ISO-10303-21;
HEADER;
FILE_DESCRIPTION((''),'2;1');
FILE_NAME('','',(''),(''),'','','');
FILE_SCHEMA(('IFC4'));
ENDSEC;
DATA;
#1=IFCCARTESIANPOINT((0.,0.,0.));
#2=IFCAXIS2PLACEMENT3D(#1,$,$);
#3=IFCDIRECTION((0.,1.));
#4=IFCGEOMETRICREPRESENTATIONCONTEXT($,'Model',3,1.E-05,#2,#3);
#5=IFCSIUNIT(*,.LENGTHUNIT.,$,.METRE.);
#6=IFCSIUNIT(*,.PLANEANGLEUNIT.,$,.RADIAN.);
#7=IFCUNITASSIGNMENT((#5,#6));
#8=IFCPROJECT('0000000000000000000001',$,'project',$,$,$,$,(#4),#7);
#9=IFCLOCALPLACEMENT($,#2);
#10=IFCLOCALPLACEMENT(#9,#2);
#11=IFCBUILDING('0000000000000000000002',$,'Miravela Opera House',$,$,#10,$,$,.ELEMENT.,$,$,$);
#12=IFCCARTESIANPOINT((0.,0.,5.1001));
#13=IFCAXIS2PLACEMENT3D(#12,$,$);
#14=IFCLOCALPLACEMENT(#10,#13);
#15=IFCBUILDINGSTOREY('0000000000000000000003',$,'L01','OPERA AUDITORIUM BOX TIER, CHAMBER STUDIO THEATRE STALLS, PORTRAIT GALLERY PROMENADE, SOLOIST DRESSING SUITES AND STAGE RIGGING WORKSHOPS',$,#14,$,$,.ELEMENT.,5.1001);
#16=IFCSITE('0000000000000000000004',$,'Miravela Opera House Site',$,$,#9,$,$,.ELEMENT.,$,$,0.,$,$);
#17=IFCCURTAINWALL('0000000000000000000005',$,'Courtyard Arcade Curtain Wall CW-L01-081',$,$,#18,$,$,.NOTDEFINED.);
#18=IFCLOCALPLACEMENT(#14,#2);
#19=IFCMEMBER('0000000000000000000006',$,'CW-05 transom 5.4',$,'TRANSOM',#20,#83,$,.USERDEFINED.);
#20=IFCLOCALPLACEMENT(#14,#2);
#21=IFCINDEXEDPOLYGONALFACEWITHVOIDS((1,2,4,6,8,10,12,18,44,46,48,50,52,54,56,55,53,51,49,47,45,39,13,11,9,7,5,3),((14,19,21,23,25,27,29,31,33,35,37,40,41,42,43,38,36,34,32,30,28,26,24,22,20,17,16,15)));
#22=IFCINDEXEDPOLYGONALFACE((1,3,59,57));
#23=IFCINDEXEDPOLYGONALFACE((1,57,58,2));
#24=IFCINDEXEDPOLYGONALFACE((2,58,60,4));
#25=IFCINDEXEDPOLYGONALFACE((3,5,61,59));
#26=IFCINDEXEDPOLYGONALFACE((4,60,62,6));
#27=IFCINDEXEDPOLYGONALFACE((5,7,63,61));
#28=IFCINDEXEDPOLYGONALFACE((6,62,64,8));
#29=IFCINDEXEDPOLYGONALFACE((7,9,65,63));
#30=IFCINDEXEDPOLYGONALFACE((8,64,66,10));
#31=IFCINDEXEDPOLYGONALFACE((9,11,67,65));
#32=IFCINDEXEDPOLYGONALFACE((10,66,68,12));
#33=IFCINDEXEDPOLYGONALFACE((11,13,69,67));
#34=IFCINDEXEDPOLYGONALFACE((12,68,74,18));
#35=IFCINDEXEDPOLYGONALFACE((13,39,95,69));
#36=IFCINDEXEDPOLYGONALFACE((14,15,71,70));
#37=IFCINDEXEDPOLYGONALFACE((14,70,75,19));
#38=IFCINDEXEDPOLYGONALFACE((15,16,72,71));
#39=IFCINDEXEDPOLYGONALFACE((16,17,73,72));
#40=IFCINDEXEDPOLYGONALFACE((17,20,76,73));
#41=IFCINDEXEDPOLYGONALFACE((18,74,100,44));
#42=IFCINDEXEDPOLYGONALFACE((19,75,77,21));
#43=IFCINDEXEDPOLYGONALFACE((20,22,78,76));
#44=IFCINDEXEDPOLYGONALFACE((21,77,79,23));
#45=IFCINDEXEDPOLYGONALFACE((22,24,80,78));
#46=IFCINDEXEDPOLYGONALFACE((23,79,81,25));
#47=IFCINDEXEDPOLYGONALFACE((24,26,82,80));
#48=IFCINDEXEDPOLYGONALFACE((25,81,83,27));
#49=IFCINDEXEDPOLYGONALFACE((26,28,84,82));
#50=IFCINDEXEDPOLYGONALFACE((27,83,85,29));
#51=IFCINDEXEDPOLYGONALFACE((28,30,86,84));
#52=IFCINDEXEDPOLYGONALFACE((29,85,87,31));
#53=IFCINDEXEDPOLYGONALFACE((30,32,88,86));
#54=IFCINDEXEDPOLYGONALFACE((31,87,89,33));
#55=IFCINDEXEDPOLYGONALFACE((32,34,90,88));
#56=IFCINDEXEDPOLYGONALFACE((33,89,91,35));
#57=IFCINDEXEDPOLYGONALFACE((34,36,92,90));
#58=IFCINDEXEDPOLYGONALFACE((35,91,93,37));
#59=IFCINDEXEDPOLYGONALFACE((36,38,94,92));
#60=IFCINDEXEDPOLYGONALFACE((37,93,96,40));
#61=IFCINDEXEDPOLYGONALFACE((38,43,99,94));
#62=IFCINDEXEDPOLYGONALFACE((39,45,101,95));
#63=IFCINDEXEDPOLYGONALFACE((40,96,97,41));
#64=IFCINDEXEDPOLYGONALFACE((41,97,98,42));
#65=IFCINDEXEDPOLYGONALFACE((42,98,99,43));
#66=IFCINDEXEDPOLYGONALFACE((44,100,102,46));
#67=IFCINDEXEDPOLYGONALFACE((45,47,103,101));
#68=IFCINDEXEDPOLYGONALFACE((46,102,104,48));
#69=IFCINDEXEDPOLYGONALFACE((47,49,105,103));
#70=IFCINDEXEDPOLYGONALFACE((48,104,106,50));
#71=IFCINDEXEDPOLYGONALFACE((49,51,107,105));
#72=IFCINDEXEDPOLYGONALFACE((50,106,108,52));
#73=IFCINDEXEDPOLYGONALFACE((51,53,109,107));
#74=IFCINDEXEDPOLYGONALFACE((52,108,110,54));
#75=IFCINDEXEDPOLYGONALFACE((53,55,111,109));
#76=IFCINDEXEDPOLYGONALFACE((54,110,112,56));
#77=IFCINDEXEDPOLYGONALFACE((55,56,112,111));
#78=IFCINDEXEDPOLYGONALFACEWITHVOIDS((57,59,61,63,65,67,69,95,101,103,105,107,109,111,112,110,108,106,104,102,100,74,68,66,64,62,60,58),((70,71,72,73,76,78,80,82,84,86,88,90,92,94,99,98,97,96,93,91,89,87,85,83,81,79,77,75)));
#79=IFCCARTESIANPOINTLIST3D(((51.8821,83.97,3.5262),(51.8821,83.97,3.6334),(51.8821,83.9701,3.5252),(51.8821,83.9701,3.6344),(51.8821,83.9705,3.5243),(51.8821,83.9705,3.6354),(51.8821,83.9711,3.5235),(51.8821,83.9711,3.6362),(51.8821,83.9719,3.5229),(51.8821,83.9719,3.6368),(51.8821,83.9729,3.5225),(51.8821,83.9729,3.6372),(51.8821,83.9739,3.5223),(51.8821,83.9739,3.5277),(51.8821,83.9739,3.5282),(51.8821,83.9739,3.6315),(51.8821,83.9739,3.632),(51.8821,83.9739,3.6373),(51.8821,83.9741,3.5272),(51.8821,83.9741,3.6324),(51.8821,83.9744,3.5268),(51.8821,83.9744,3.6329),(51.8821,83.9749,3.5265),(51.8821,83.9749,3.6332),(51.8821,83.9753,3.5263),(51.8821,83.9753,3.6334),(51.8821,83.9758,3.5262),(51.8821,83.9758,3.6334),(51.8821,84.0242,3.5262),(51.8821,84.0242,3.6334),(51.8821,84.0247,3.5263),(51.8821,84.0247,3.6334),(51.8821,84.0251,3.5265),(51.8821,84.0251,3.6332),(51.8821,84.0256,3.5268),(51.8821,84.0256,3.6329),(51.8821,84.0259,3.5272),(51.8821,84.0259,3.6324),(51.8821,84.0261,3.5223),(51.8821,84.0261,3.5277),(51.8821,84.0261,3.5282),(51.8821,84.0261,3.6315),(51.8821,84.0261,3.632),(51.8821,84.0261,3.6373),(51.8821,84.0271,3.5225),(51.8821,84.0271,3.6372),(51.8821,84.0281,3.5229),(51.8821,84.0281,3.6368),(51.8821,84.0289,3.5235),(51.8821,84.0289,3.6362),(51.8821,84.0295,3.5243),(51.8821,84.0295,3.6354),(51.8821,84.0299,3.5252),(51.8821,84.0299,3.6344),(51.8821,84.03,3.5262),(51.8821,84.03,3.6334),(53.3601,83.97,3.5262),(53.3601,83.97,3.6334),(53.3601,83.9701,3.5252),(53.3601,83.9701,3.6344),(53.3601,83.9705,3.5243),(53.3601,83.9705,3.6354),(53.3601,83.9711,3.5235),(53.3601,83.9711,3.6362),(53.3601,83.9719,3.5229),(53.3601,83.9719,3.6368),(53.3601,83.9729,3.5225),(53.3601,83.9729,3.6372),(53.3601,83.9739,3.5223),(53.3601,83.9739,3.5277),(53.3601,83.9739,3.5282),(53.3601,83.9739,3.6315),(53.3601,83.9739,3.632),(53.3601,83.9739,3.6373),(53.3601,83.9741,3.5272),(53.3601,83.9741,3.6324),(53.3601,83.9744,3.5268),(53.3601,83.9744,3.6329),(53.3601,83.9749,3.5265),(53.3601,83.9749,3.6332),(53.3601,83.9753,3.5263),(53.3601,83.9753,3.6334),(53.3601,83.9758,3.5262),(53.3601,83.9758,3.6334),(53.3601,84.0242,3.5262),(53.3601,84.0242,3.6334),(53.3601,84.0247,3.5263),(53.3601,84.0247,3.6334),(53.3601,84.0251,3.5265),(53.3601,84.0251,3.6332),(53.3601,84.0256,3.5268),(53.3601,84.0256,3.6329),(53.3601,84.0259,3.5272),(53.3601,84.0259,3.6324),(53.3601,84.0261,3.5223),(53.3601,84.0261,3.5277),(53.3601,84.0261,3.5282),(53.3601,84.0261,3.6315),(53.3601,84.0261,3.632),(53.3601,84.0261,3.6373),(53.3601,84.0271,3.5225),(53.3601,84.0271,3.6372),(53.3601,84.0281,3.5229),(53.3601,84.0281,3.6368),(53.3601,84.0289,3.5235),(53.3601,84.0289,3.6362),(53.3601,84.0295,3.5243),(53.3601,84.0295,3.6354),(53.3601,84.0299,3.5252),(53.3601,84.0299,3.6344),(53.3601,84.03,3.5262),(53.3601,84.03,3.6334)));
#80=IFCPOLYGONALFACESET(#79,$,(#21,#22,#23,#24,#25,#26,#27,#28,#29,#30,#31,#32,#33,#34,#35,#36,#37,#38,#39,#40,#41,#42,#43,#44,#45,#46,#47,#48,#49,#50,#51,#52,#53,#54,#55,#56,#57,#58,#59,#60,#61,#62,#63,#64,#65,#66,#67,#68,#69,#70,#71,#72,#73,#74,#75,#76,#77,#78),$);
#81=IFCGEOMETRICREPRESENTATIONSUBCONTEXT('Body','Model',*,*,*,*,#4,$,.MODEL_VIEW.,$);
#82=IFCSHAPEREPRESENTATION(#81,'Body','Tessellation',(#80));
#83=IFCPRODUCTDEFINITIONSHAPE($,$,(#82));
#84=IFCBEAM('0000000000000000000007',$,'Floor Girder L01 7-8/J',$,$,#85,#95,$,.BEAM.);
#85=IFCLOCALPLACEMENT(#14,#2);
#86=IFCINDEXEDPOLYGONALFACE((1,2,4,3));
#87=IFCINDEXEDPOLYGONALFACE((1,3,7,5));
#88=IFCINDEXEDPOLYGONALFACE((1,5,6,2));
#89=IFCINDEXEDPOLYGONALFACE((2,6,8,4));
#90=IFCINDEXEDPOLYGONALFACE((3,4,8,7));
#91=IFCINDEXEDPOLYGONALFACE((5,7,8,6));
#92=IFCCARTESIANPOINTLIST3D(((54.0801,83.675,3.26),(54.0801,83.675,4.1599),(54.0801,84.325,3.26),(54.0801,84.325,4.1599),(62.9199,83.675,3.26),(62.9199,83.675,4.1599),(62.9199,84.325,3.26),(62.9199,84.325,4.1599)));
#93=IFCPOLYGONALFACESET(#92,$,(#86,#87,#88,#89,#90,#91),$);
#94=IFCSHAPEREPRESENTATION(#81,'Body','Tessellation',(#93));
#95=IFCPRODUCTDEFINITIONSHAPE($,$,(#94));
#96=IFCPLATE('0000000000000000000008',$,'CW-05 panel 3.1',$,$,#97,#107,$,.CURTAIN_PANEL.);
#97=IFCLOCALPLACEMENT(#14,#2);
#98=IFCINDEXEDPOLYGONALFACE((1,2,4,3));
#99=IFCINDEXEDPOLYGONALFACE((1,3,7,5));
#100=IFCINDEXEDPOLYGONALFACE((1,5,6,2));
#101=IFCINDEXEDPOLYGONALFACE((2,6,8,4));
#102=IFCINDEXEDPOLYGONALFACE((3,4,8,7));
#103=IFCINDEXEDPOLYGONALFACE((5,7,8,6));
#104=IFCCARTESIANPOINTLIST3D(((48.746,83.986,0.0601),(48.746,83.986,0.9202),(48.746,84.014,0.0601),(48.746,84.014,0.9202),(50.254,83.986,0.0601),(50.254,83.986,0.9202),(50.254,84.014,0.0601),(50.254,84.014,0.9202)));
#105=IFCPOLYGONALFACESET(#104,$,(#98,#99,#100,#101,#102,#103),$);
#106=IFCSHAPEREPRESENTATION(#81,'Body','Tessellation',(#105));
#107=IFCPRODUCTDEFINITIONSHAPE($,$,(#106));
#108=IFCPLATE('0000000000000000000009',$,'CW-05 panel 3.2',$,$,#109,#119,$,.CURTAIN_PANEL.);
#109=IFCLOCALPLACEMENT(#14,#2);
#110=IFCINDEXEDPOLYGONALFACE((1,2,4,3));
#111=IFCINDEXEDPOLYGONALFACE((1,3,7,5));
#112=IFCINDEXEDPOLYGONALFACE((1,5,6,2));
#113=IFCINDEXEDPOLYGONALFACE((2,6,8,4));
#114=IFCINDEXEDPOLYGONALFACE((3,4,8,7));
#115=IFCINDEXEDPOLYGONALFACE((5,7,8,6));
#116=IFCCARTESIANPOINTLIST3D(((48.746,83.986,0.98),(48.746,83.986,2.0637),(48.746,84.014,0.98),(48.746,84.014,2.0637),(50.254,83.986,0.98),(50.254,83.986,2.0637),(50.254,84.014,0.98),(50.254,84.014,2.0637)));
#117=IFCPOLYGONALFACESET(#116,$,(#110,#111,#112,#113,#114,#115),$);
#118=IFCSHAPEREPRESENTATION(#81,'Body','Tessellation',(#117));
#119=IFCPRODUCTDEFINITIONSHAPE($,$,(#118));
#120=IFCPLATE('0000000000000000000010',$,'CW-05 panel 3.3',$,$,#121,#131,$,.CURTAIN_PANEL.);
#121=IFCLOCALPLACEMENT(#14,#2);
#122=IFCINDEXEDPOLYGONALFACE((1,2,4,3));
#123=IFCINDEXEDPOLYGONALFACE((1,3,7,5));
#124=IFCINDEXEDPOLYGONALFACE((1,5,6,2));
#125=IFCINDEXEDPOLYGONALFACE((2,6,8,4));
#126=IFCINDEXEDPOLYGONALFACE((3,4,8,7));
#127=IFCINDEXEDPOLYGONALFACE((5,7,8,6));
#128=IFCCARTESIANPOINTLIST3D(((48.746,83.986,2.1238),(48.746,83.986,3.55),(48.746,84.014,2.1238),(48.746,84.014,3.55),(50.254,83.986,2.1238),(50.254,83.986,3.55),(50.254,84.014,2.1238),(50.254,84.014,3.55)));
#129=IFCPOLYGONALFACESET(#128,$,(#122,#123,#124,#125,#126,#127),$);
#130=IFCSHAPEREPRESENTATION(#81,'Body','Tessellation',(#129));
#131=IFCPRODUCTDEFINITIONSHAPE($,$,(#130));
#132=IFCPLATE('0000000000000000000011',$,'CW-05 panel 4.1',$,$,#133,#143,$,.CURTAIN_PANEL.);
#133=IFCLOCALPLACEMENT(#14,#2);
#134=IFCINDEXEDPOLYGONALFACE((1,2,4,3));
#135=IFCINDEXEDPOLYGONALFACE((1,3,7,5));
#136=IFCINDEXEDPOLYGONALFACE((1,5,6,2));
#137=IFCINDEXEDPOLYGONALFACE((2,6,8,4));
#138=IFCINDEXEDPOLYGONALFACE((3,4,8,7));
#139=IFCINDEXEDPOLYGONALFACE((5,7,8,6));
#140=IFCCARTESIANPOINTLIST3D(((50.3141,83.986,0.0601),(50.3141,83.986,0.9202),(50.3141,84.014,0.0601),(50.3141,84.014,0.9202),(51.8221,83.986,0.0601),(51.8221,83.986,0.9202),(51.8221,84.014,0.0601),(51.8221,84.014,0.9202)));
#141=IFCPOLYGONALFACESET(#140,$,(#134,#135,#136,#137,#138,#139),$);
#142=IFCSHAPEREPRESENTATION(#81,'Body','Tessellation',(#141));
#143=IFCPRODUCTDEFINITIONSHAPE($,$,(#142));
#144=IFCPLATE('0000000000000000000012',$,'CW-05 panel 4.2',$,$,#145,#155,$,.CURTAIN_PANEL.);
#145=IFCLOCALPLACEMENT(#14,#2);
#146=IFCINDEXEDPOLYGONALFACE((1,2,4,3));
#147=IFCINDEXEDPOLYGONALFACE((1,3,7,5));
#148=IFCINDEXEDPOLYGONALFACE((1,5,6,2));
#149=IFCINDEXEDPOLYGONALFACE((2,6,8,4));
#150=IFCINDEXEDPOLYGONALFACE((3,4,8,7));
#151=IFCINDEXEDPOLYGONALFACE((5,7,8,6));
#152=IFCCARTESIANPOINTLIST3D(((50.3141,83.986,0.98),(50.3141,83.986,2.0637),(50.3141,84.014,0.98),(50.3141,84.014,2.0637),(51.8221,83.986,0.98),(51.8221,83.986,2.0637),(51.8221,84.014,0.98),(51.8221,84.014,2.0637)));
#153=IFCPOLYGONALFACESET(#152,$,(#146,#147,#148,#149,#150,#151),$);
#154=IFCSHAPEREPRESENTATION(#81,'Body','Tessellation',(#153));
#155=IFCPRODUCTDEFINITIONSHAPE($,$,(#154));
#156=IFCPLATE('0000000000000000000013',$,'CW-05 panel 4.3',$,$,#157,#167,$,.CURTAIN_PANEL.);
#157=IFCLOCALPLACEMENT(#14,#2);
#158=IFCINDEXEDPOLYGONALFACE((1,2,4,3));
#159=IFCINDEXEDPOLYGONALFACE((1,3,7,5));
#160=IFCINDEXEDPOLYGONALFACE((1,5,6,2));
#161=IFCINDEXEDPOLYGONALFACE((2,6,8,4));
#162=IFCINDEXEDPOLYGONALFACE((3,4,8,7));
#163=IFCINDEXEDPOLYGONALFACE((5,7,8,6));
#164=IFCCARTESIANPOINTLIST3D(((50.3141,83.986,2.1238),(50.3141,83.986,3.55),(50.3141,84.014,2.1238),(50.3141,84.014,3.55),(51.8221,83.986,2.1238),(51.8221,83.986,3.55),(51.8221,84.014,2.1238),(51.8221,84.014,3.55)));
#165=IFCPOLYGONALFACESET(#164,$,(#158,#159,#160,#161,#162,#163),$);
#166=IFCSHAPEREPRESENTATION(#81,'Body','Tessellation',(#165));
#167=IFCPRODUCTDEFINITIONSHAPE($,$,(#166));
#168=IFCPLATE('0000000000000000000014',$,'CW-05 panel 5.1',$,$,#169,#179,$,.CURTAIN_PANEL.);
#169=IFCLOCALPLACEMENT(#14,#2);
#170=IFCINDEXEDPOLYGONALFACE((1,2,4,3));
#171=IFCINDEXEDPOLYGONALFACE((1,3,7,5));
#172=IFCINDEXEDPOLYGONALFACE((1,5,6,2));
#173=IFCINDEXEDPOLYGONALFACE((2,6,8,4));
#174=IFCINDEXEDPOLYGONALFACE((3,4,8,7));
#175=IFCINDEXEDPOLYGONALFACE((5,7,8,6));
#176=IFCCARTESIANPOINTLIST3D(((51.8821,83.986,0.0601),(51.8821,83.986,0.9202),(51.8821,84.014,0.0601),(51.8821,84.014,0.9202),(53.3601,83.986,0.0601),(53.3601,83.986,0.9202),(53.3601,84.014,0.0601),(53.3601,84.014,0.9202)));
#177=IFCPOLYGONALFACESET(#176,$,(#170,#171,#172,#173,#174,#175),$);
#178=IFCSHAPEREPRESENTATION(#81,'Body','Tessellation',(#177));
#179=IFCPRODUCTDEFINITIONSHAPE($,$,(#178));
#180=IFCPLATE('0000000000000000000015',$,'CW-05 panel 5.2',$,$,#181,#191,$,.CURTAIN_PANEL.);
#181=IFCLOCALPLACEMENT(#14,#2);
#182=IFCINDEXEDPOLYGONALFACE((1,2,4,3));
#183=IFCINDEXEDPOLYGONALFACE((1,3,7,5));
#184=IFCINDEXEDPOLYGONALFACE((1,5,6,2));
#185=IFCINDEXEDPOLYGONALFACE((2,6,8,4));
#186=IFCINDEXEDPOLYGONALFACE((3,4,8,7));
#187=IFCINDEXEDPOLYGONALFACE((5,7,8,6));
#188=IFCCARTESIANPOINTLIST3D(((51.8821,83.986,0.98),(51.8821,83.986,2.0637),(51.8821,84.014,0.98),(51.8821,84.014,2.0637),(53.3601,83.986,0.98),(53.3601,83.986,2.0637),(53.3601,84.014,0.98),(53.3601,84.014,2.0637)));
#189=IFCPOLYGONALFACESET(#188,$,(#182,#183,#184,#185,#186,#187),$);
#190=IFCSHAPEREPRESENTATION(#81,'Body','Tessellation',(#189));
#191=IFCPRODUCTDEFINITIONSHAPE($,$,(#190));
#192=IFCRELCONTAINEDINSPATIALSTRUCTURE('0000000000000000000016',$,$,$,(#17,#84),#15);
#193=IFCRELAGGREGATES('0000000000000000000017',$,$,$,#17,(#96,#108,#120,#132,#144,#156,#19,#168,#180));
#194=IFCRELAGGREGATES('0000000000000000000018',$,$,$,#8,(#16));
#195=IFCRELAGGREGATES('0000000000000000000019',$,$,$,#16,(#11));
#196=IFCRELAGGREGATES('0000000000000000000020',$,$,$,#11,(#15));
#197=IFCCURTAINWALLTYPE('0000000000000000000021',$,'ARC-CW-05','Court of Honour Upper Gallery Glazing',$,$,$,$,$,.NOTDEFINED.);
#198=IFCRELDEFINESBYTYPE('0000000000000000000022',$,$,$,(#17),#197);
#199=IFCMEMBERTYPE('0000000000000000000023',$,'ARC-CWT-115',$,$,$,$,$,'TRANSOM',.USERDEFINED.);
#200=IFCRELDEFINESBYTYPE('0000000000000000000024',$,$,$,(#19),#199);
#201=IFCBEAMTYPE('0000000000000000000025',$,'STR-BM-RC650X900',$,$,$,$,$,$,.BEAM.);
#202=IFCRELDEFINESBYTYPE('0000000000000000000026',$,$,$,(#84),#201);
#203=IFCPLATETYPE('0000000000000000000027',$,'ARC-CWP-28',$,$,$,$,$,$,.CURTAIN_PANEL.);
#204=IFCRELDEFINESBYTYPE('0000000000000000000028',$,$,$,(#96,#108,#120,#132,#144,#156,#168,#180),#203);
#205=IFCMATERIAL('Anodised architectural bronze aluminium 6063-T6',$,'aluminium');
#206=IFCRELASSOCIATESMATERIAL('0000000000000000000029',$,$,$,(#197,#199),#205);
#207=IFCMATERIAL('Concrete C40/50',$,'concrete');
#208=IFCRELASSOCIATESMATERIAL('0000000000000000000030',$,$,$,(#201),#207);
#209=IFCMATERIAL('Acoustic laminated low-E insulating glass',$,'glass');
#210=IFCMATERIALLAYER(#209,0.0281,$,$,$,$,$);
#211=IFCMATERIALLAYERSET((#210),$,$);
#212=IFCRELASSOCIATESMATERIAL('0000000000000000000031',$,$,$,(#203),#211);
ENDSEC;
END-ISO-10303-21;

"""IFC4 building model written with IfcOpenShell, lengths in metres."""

from ifc_helpers import new_model, si_unit, direction, frame, origin, origin_2d, place, context, subcontext, project, spatial, rectangle, hollow_rectangle, extrude, material, layer, layer_set, material_profile, profile_set, type_object, element, aggregate, save


model = new_model("IFC4")

# Units and contexts
model_context = context("Model", 3, precision=1e-05, world=origin(), true_north=direction((0.0, 1.0)))
body_context = subcontext(model_context, "Body", "Model", "MODEL_VIEW")
ifc_project = project(units=[si_unit("LENGTHUNIT", "METRE"), si_unit("PLANEANGLEUNIT", "RADIAN")], contexts=[model_context])

# Site, building, storey
site_placement = place(None, origin())
site = spatial("IfcSite", under=ifc_project, at=site_placement, Name="Miravela Opera House Site", CompositionType="ELEMENT", RefElevation=0.0)
building_placement = place(site_placement, origin())
building = spatial("IfcBuilding", under=site, at=building_placement, Name="Miravela Opera House", CompositionType="ELEMENT")
storey_placement = place(building_placement, frame((0.0, 0.0, 5.1001)))
storey = spatial("IfcBuildingStorey", under=building, at=storey_placement, Name="L01", Description="OPERA AUDITORIUM BOX TIER, CHAMBER STUDIO THEATRE STALLS, PORTRAIT GALLERY PROMENADE, SOLOIST DRESSING SUITES AND STAGE RIGGING WORKSHOPS", CompositionType="ELEMENT", Elevation=5.1001)

# Curtain wall, member
ifc_material_1 = material(Name="Anodised architectural bronze aluminium 6063-T6", Category="aluminium")
curtain_wall_type = type_object("IfcCurtainWallType", Name="ARC-CW-05", Description="Court of Honour Upper Gallery Glazing", PredefinedType="NOTDEFINED", material=ifc_material_1)
curtain_wall_placement = place(storey_placement, origin())
curtain_wall = element("IfcCurtainWall", 1, at=curtain_wall_placement, inside=storey, type_object=curtain_wall_type, Name="Courtyard Arcade Curtain Wall CW-L01-081", PredefinedType="NOTDEFINED")
ifc_material_profile_1 = material_profile(ifc_material_1, hollow_rectangle(XDim=0.0601, YDim=0.115, WallThickness=0.0039, InnerFilletRadius=0.002, OuterFilletRadius=0.0039, at=origin_2d()), Name="CWT-60X115")
ifc_profile_set_1 = profile_set([ifc_material_profile_1])
member_type_1 = type_object("IfcMemberType", Name="ARC-CWT-115", ElementType="TRANSOM", PredefinedType="USERDEFINED", material=ifc_profile_set_1)
member_1_placement = place(storey_placement, frame((51.8821, 84.0, 3.5798), z_axis=(1.0, 0.0, 0.0), x_axis=(0.0, 1.0, 0.0)))
member_1 = element("IfcMember", 2, at=member_1_placement, type_object=member_type_1, Name="CW-05 transom 5.4", ObjectType="TRANSOM", PredefinedType="USERDEFINED", context=body_context, shape_type="SweptSolid", body=[
    extrude(hollow_rectangle(XDim=0.0601, YDim=0.115, WallThickness=0.0039, InnerFilletRadius=0.002, OuterFilletRadius=0.0039, at=origin_2d()), origin(), (0.0, 0.0, 1.0), 1.478),
])

# Beam
ifc_material_2 = material(Name="Concrete C40/50", Category="concrete")
ifc_material_profile_2 = material_profile(ifc_material_2, rectangle(XDim=0.6499, YDim=0.8999, at=origin_2d()), Name="RC-BM-650X900")
ifc_profile_set_2 = profile_set([ifc_material_profile_2])
beam_type = type_object("IfcBeamType", Name="STR-BM-RC650X900", PredefinedType="BEAM", material=ifc_profile_set_2)
beam_placement = place(storey_placement, frame((54.0801, 84.0, 3.71), z_axis=(1.0, 0.0, 0.0), x_axis=(0.0, 1.0, 0.0)))
element("IfcBeam", 3, at=beam_placement, inside=storey, type_object=beam_type, Name="Floor Girder L01 7-8/J", PredefinedType="BEAM", context=body_context, shape_type="SweptSolid", body=[
    extrude(rectangle(XDim=0.6499, YDim=0.8999, at=origin_2d()), origin(), (0.0, 0.0, 1.0), 8.8398),
])

# Plates
ifc_material_3 = material(Name="Acoustic laminated low-E insulating glass", Category="glass")
ifc_layer = layer(ifc_material_3, 0.0281)
ifc_layer_set = layer_set([ifc_layer])
plate_type = type_object("IfcPlateType", Name="ARC-CWP-28", PredefinedType="CURTAIN_PANEL", material=ifc_layer_set)
plate_1_placement = place(storey_placement, frame((49.5, 84.0, 0.0601), z_axis=(0.0, 0.0, 1.0), x_axis=(1.0, 0.0, 0.0)))
plate_1 = element("IfcPlate", 4, at=plate_1_placement, type_object=plate_type, Name="CW-05 panel 3.1", PredefinedType="CURTAIN_PANEL", context=body_context, shape_type="SweptSolid", body=[
    extrude(rectangle(XDim=1.5081, YDim=0.0281, at=origin_2d()), origin(), (0.0, 0.0, 1.0), 0.8601),
])
plate_2_placement = place(storey_placement, frame((49.5, 84.0, 0.98), z_axis=(0.0, 0.0, 1.0), x_axis=(1.0, 0.0, 0.0)))
plate_2 = element("IfcPlate", 5, at=plate_2_placement, type_object=plate_type, Name="CW-05 panel 3.2", PredefinedType="CURTAIN_PANEL", context=body_context, shape_type="SweptSolid", body=[
    extrude(rectangle(XDim=1.5081, YDim=0.0281, at=origin_2d()), origin(), (0.0, 0.0, 1.0), 1.0837),
])
plate_3_placement = place(storey_placement, frame((49.5, 84.0, 2.1238), z_axis=(0.0, 0.0, 1.0), x_axis=(1.0, 0.0, 0.0)))
plate_3 = element("IfcPlate", 6, at=plate_3_placement, type_object=plate_type, Name="CW-05 panel 3.3", PredefinedType="CURTAIN_PANEL", context=body_context, shape_type="SweptSolid", body=[
    extrude(rectangle(XDim=1.5081, YDim=0.0281, at=origin_2d()), origin(), (0.0, 0.0, 1.0), 1.4263),
])
plate_4_placement = place(storey_placement, frame((51.0681, 84.0, 0.0601), z_axis=(0.0, 0.0, 1.0), x_axis=(1.0, 0.0, 0.0)))
plate_4 = element("IfcPlate", 7, at=plate_4_placement, type_object=plate_type, Name="CW-05 panel 4.1", PredefinedType="CURTAIN_PANEL", context=body_context, shape_type="SweptSolid", body=[
    extrude(rectangle(XDim=1.5081, YDim=0.0281, at=origin_2d()), origin(), (0.0, 0.0, 1.0), 0.8601),
])
plate_5_placement = place(storey_placement, frame((51.0681, 84.0, 0.98), z_axis=(0.0, 0.0, 1.0), x_axis=(1.0, 0.0, 0.0)))
plate_5 = element("IfcPlate", 8, at=plate_5_placement, type_object=plate_type, Name="CW-05 panel 4.2", PredefinedType="CURTAIN_PANEL", context=body_context, shape_type="SweptSolid", body=[
    extrude(rectangle(XDim=1.5081, YDim=0.0281, at=origin_2d()), origin(), (0.0, 0.0, 1.0), 1.0837),
])
plate_6_placement = place(storey_placement, frame((51.0681, 84.0, 2.1238), z_axis=(0.0, 0.0, 1.0), x_axis=(1.0, 0.0, 0.0)))
plate_6 = element("IfcPlate", 9, at=plate_6_placement, type_object=plate_type, Name="CW-05 panel 4.3", PredefinedType="CURTAIN_PANEL", context=body_context, shape_type="SweptSolid", body=[
    extrude(rectangle(XDim=1.5081, YDim=0.0281, at=origin_2d()), origin(), (0.0, 0.0, 1.0), 1.4263),
])
plate_7_placement = place(storey_placement, frame((52.6211, 84.0, 0.0601), z_axis=(0.0, 0.0, 1.0), x_axis=(1.0, 0.0, 0.0)))
plate_7 = element("IfcPlate", 10, at=plate_7_placement, type_object=plate_type, Name="CW-05 panel 5.1", PredefinedType="CURTAIN_PANEL", context=body_context, shape_type="SweptSolid", body=[
    extrude(rectangle(XDim=1.478, YDim=0.0281, at=origin_2d()), origin(), (0.0, 0.0, 1.0), 0.8601),
])
plate_8_placement = place(storey_placement, frame((52.6211, 84.0, 0.98), z_axis=(0.0, 0.0, 1.0), x_axis=(1.0, 0.0, 0.0)))
plate_8 = element("IfcPlate", 11, at=plate_8_placement, type_object=plate_type, Name="CW-05 panel 5.2", PredefinedType="CURTAIN_PANEL", context=body_context, shape_type="SweptSolid", body=[
    extrude(rectangle(XDim=1.478, YDim=0.0281, at=origin_2d()), origin(), (0.0, 0.0, 1.0), 1.0837),
])
aggregate(curtain_wall, [plate_1, plate_2, plate_3, plate_4, plate_5, plate_6, member_1, plate_7, plate_8])

save(model, "model.ifc")
